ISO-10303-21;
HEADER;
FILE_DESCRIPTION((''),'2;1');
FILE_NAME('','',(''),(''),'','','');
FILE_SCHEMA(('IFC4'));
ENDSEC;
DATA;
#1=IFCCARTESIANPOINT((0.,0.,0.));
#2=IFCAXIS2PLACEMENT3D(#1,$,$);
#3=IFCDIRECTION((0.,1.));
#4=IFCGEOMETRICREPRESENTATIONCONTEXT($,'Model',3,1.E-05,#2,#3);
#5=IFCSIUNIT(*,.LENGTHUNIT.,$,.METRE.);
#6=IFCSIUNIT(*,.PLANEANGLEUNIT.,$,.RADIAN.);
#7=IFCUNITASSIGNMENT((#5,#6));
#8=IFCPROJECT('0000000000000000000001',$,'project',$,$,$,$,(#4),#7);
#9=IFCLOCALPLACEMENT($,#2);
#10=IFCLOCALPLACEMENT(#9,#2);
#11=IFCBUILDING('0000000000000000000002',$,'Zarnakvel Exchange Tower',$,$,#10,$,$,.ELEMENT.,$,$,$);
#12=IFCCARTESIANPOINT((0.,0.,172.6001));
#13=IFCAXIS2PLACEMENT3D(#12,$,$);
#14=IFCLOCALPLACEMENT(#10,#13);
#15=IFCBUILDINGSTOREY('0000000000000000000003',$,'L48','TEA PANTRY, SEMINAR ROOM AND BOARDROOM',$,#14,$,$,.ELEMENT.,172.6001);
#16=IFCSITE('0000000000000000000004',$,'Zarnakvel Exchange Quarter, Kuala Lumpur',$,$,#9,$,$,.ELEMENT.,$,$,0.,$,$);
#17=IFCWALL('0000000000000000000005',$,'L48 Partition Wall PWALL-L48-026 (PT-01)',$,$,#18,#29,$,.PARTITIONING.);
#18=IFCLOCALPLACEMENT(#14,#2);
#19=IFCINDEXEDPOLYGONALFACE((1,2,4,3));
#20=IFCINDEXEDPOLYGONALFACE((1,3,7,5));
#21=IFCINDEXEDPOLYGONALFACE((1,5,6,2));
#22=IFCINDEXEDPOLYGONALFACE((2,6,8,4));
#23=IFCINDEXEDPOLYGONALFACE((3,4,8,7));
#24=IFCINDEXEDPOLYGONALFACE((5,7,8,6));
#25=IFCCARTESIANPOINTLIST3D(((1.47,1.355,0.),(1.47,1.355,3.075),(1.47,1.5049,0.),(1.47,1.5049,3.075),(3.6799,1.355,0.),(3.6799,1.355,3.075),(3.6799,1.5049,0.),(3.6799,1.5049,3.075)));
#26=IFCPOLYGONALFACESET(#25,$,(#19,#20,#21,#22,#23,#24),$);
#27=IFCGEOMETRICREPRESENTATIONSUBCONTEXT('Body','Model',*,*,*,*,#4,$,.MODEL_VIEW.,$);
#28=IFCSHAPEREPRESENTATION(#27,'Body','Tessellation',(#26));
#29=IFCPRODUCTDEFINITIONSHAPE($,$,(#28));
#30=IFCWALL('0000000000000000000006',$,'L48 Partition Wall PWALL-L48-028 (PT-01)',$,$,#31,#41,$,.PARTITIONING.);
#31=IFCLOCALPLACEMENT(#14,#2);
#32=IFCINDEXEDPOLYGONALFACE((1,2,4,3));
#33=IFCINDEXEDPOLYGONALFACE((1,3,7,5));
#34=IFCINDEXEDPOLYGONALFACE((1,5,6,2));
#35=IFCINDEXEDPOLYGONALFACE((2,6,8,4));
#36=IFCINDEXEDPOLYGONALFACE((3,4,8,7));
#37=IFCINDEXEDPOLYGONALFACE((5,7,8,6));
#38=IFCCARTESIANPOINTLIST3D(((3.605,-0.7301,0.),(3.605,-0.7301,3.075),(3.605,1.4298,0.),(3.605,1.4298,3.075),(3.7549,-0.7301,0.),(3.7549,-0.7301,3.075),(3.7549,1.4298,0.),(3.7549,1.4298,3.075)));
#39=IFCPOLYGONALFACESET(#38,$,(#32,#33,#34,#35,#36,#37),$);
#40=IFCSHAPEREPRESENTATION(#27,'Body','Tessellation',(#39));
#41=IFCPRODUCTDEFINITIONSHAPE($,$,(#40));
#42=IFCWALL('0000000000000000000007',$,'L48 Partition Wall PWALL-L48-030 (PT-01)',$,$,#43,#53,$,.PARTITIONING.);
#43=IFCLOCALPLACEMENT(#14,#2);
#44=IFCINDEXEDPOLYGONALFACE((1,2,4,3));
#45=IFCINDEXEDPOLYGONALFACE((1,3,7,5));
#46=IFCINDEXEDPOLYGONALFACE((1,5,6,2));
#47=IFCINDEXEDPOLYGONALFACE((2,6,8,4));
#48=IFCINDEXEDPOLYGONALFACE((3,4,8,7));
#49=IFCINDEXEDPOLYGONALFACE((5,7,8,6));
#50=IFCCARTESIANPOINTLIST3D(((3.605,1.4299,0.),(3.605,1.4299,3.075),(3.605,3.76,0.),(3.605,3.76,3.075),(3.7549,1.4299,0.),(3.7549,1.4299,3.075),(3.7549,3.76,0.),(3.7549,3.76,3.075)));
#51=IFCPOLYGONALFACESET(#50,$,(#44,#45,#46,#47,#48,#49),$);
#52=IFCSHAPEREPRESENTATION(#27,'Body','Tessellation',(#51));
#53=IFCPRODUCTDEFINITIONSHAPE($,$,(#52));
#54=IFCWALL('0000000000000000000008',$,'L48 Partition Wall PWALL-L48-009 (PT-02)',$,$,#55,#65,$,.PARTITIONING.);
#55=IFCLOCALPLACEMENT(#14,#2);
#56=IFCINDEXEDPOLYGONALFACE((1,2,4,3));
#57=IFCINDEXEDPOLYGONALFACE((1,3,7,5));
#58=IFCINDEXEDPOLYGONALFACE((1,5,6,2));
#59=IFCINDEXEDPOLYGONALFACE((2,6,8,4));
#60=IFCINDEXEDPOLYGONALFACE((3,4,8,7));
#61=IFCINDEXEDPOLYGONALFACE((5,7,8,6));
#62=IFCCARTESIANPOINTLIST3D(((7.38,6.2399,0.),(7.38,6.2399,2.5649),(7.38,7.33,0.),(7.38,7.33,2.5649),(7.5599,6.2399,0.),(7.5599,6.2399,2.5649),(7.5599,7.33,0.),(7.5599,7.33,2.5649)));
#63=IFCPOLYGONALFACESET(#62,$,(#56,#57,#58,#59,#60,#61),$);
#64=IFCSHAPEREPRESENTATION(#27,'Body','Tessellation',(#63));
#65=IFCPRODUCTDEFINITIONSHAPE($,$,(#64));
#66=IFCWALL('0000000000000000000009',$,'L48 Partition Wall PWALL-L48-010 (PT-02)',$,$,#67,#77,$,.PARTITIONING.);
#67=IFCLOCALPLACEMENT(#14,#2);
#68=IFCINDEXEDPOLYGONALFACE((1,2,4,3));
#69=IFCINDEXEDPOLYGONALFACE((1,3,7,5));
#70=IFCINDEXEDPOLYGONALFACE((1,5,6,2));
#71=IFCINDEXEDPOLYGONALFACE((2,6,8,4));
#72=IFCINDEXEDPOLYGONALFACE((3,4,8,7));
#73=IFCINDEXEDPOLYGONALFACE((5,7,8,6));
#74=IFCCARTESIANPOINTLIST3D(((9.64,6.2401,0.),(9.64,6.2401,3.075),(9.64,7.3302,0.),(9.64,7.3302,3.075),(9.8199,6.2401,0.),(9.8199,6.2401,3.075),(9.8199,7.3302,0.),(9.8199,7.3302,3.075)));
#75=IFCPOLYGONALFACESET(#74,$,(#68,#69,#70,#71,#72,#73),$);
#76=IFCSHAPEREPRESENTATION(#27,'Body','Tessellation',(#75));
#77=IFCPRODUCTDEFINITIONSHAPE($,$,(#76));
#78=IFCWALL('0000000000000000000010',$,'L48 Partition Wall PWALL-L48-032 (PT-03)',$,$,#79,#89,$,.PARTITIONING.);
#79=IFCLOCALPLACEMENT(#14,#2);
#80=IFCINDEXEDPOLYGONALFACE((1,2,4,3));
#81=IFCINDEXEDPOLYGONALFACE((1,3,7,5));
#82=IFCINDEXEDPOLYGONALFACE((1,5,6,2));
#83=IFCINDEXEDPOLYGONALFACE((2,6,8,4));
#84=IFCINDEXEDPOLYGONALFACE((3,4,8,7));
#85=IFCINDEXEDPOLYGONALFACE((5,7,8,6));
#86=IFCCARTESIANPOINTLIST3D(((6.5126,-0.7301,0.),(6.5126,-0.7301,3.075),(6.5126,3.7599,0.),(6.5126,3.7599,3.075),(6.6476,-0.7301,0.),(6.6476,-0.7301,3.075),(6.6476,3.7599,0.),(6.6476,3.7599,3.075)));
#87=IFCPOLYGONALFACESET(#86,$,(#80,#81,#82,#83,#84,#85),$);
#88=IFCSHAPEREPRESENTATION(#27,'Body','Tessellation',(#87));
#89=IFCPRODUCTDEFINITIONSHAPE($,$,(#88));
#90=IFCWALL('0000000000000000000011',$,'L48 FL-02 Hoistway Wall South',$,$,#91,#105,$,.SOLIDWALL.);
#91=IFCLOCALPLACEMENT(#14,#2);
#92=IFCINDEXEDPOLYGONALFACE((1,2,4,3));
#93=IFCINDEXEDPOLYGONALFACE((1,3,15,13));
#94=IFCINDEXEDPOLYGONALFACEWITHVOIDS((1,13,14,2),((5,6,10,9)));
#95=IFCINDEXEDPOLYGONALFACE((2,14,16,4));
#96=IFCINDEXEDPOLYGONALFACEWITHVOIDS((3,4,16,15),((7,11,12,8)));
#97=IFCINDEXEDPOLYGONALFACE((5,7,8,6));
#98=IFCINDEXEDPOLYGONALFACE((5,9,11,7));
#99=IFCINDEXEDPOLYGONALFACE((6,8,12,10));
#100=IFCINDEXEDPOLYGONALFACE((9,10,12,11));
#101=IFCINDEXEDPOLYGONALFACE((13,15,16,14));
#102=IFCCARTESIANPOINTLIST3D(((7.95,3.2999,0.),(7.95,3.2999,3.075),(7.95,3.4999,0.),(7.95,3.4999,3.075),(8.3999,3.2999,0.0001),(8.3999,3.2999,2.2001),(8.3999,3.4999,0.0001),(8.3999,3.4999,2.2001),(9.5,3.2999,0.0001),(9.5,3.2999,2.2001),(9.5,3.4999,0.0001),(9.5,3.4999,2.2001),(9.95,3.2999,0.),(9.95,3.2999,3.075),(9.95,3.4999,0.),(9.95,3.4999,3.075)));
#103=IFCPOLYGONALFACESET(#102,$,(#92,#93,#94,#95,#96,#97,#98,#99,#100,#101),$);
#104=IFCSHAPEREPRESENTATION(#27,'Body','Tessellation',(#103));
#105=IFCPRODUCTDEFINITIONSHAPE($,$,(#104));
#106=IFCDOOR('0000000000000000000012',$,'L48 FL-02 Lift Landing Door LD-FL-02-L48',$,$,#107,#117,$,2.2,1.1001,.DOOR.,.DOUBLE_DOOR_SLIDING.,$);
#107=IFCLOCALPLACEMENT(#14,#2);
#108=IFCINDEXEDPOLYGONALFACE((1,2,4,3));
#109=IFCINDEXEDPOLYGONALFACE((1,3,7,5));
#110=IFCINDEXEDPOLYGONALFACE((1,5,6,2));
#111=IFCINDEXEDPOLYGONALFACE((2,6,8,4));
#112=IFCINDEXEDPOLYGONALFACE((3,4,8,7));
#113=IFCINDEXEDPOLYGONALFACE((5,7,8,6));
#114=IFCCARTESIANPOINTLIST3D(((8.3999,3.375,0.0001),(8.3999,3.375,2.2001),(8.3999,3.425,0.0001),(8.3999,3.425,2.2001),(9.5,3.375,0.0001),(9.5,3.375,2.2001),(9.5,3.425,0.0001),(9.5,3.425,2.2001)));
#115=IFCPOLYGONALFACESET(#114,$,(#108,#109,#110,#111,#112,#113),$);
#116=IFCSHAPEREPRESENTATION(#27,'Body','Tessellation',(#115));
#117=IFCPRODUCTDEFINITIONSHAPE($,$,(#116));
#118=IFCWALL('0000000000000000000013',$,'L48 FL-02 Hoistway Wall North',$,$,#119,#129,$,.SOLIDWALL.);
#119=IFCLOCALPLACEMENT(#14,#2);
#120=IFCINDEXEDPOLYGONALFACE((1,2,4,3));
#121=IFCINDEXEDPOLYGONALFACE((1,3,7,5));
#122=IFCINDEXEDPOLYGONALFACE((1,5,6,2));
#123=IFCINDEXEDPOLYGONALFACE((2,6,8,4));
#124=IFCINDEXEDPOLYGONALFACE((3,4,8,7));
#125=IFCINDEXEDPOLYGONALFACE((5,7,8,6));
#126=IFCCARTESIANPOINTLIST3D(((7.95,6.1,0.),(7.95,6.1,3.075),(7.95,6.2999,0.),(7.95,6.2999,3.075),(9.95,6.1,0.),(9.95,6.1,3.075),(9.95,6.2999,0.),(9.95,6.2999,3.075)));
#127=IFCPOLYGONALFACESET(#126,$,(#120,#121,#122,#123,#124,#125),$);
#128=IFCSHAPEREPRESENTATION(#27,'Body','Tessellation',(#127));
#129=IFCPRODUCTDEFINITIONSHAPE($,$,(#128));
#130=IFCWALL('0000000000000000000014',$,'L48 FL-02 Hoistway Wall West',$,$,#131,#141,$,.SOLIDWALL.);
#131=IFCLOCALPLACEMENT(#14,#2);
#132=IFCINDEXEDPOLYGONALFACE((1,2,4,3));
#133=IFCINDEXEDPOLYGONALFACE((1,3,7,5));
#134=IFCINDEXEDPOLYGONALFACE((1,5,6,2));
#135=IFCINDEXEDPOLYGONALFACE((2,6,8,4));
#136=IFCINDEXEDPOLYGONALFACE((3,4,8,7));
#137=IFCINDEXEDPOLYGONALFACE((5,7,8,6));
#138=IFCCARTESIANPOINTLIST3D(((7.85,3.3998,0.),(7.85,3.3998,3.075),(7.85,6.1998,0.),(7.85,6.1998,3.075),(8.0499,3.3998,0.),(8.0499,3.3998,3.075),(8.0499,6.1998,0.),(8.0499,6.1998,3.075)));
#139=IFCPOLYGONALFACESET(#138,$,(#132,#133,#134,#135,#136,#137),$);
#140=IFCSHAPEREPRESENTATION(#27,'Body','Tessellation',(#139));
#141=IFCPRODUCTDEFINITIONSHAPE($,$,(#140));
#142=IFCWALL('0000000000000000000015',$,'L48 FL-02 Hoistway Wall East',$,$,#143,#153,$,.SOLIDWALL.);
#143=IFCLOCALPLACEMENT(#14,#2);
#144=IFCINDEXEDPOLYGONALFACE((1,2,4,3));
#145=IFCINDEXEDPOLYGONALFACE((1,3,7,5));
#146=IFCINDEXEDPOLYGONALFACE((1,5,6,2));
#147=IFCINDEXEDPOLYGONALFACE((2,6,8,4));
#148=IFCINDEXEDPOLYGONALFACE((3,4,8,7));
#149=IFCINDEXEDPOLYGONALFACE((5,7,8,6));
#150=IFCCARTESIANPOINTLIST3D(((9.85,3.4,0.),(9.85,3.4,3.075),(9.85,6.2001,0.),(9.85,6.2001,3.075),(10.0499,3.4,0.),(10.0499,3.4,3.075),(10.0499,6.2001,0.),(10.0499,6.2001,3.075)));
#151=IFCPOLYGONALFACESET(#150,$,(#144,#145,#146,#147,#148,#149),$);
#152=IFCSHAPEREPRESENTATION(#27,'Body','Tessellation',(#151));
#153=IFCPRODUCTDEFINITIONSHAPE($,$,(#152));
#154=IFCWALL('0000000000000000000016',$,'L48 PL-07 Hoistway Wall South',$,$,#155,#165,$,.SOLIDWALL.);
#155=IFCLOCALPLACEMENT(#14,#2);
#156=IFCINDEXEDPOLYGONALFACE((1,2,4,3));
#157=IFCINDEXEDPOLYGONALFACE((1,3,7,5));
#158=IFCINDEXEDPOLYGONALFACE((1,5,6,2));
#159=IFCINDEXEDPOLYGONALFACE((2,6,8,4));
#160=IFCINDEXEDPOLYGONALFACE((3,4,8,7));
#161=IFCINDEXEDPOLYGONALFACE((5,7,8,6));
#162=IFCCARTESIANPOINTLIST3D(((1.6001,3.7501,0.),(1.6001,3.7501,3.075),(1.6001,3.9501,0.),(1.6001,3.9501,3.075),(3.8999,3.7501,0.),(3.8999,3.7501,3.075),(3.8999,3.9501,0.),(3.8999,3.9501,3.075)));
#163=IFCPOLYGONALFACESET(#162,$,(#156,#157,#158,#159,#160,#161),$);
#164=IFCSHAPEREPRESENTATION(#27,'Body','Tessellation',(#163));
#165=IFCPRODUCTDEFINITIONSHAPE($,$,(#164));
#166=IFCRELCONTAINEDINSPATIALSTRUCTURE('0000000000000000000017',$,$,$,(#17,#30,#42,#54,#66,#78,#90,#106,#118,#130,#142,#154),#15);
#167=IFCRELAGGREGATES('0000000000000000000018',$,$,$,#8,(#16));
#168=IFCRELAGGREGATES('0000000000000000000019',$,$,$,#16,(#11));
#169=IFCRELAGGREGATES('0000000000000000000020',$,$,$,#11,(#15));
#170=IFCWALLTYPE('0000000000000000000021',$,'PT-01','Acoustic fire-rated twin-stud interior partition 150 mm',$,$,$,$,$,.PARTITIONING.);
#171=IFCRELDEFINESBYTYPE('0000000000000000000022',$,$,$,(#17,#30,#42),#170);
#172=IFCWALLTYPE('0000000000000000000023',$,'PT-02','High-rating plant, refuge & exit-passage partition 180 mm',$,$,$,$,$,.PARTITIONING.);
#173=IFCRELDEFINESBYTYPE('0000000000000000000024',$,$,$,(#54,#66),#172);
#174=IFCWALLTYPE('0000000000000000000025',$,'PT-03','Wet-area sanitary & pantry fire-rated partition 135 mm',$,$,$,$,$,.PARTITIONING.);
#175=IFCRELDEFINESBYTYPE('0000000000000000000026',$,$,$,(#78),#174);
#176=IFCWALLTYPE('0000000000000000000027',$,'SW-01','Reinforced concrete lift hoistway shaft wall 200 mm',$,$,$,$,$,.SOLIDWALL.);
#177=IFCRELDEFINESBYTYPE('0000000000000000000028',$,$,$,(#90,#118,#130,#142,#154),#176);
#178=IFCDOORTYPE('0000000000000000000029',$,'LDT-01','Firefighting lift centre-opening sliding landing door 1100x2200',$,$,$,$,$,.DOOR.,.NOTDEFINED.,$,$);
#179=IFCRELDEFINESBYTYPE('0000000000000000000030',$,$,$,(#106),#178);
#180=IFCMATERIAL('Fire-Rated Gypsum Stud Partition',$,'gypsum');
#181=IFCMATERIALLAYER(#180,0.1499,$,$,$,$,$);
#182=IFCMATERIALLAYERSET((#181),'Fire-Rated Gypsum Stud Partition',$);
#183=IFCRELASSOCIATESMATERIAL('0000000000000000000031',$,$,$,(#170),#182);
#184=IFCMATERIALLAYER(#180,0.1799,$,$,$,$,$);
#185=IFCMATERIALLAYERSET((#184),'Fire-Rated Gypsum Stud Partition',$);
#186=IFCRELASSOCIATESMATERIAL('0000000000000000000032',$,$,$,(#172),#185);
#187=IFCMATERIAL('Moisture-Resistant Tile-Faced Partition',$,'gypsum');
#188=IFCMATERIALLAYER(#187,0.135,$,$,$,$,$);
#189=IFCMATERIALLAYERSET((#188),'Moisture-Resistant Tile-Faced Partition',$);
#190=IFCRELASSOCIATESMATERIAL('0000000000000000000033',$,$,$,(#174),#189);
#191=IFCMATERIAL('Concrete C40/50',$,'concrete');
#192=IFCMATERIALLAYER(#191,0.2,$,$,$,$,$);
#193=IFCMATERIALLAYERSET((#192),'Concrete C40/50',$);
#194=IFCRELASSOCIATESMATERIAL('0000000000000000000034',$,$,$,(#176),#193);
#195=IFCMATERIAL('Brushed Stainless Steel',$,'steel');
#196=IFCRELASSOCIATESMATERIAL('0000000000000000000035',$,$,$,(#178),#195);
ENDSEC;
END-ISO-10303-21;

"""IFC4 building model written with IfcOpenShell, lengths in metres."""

from ifc_helpers import new_model, si_unit, direction, frame, frame_2d, origin, place, context, subcontext, project, spatial, rectangle, extrude, source, transform, mapped, material, layer, layer_set, type_object, element, fill, save


model = new_model("IFC4")

# Units and contexts
model_context = context("Model", 3, precision=1e-05, world=origin(), true_north=direction((0.0, 1.0)))
body_context = subcontext(model_context, "Body", "Model", "MODEL_VIEW")
ifc_project = project(units=[si_unit("LENGTHUNIT", "METRE"), si_unit("PLANEANGLEUNIT", "RADIAN")], contexts=[model_context])

# Site, building, storey
site_placement = place(None, origin())
site = spatial("IfcSite", under=ifc_project, at=site_placement, Name="Zarnakvel Exchange Quarter, Kuala Lumpur", CompositionType="ELEMENT", RefElevation=0.0)
building_placement = place(site_placement, origin())
building = spatial("IfcBuilding", under=site, at=building_placement, Name="Zarnakvel Exchange Tower", CompositionType="ELEMENT")
storey_placement = place(building_placement, frame((0.0, 0.0, 172.6001)))
storey = spatial("IfcBuildingStorey", under=building, at=storey_placement, Name="L48", Description="TEA PANTRY, SEMINAR ROOM AND BOARDROOM", CompositionType="ELEMENT", Elevation=172.6001)

# Walls
ifc_material_1 = material(Name="Fire-Rated Gypsum Stud Partition", Category="gypsum")
ifc_layer_1 = layer(ifc_material_1, 0.1499)
ifc_layer_set_1 = layer_set([ifc_layer_1], Name="Fire-Rated Gypsum Stud Partition")
wall_type_1 = type_object("IfcWallType", Name="PT-01", Description="Acoustic fire-rated twin-stud interior partition 150 mm", PredefinedType="PARTITIONING", material=ifc_layer_set_1)
wall_1_placement = place(storey_placement, frame((1.47, 1.4299, 0.0), z_axis=(0.0, 0.0, 1.0), x_axis=(1.0, 0.0, 0.0)))
element("IfcWall", 1, at=wall_1_placement, inside=storey, type_object=wall_type_1, Name="L48 Partition Wall PWALL-L48-026 (PT-01)", PredefinedType="PARTITIONING", context=body_context, shape_type="SweptSolid", body=[
    extrude(rectangle(XDim=2.21, YDim=0.1499, at=frame_2d((1.105, 0.0))), origin(), (0.0, 0.0, 1.0), 3.075),
])
wall_2_placement = place(storey_placement, frame((3.6799, 1.4299, 0.0), z_axis=(0.0, 0.0, 1.0), x_axis=(0.0, -1.0, 0.0)))
element("IfcWall", 2, at=wall_2_placement, inside=storey, type_object=wall_type_1, Name="L48 Partition Wall PWALL-L48-028 (PT-01)", PredefinedType="PARTITIONING", context=body_context, shape_type="SweptSolid", body=[
    extrude(rectangle(XDim=2.1599, YDim=0.1499, at=frame_2d((1.0801, 0.0))), origin(), (0.0, 0.0, 1.0), 3.075),
])

# Walls
wall_3_placement = place(storey_placement, frame((3.6799, 3.76, 0.0), z_axis=(0.0, 0.0, 1.0), x_axis=(0.0, -1.0, 0.0)))
element("IfcWall", 3, at=wall_3_placement, inside=storey, type_object=wall_type_1, Name="L48 Partition Wall PWALL-L48-030 (PT-01)", PredefinedType="PARTITIONING", context=body_context, shape_type="SweptSolid", body=[
    extrude(rectangle(XDim=2.3301, YDim=0.1499, at=frame_2d((1.165, 0.0))), origin(), (0.0, 0.0, 1.0), 3.075),
])
ifc_layer_2 = layer(ifc_material_1, 0.1799)
ifc_layer_set_2 = layer_set([ifc_layer_2], Name="Fire-Rated Gypsum Stud Partition")
wall_type_2 = type_object("IfcWallType", Name="PT-02", Description="High-rating plant, refuge & exit-passage partition 180 mm", PredefinedType="PARTITIONING", material=ifc_layer_set_2)
wall_4_placement = place(storey_placement, frame((7.47, 6.24, 0.0), z_axis=(0.0, 0.0, 1.0), x_axis=(0.0, 1.0, 0.0)))
element("IfcWall", 4, at=wall_4_placement, inside=storey, type_object=wall_type_2, Name="L48 Partition Wall PWALL-L48-009 (PT-02)", PredefinedType="PARTITIONING", context=body_context, shape_type="SweptSolid", body=[
    extrude(rectangle(XDim=1.0901, YDim=0.1799, at=frame_2d((0.5449, 0.0))), origin(), (0.0, 0.0, 1.0), 2.5649),
])
wall_5_placement = place(storey_placement, frame((9.73, 7.3301, 0.0), z_axis=(0.0, 0.0, 1.0), x_axis=(0.0, -1.0, 0.0)))
element("IfcWall", 5, at=wall_5_placement, inside=storey, type_object=wall_type_2, Name="L48 Partition Wall PWALL-L48-010 (PT-02)", PredefinedType="PARTITIONING", context=body_context, shape_type="SweptSolid", body=[
    extrude(rectangle(XDim=1.0901, YDim=0.1799, at=frame_2d((0.5449, 0.0))), origin(), (0.0, 0.0, 1.0), 3.075),
])
ifc_material_2 = material(Name="Moisture-Resistant Tile-Faced Partition", Category="gypsum")
ifc_layer_3 = layer(ifc_material_2, 0.135)
ifc_layer_set_3 = layer_set([ifc_layer_3], Name="Moisture-Resistant Tile-Faced Partition")
wall_type_3 = type_object("IfcWallType", Name="PT-03", Description="Wet-area sanitary & pantry fire-rated partition 135 mm", PredefinedType="PARTITIONING", material=ifc_layer_set_3)
wall_6_placement = place(storey_placement, frame((6.5801, 3.76, 0.0), z_axis=(0.0, 0.0, 1.0), x_axis=(0.0, -1.0, 0.0)))
element("IfcWall", 6, at=wall_6_placement, inside=storey, type_object=wall_type_3, Name="L48 Partition Wall PWALL-L48-032 (PT-03)", PredefinedType="PARTITIONING", context=body_context, shape_type="SweptSolid", body=[
    extrude(rectangle(XDim=4.49, YDim=0.135, at=frame_2d((2.2451, 0.0))), origin(), (0.0, 0.0, 1.0), 3.075),
])

# Wall, opening, door
ifc_material_3 = material(Name="Concrete C40/50", Category="concrete")
ifc_layer_4 = layer(ifc_material_3, 0.2)
ifc_layer_set_4 = layer_set([ifc_layer_4], Name="Concrete C40/50")
wall_type_4 = type_object("IfcWallType", Name="SW-01", Description="Reinforced concrete lift hoistway shaft wall 200 mm", PredefinedType="SOLIDWALL", material=ifc_layer_set_4)
wall_7_placement = place(storey_placement, frame((9.95, 3.3999, 0.0), z_axis=(0.0, 0.0, 1.0), x_axis=(-1.0, 0.0, 0.0)))
wall_7 = element("IfcWall", 7, at=wall_7_placement, inside=storey, type_object=wall_type_4, Name="L48 FL-02 Hoistway Wall South", PredefinedType="SOLIDWALL", context=body_context, shape_type="SweptSolid", body=[
    extrude(rectangle(XDim=2.0, YDim=0.2, at=frame_2d((1.0, 0.0))), origin(), (0.0, 0.0, 1.0), 3.075),
])
opening_1_placement = place(wall_7_placement, frame((0.45, 0.0, 0.0)))
opening_1 = element("IfcOpeningElement", 8, at=opening_1_placement, cuts=wall_7, PredefinedType="OPENING", context=body_context, shape_type="SweptSolid", body=[
    extrude(rectangle(XDim=1.1001, YDim=2.2, at=frame_2d((0.55, 1.1001))), frame((0.0, 0.1099, 0.0), z_axis=(0.0, -1.0, 0.0), x_axis=(1.0, 0.0, 0.0)), (0.0, 0.0, 1.0), 0.22),
])
ifc_material_4 = material(Name="Brushed Stainless Steel", Category="steel")
door_type_1 = type_object("IfcDoorType", Name="LDT-01", Description="Firefighting lift centre-opening sliding landing door 1100x2200", OperationType="NOTDEFINED", PredefinedType="DOOR", material=ifc_material_4)
shared_shape_1 = source(origin(), body_context, "Body", "SweptSolid", [
    extrude(rectangle(XDim=1.1001, YDim=2.2, at=frame_2d((0.55, 1.1001))), frame((0.0, 0.0249, 0.0), z_axis=(0.0, -1.0, 0.0), x_axis=(1.0, 0.0, 0.0)), (0.0, 0.0, 1.0), 0.05),
])
door_1_placement = place(opening_1_placement, origin())
door_1 = element("IfcDoor", 9, at=door_1_placement, inside=storey, type_object=door_type_1, Name="L48 FL-02 Lift Landing Door LD-FL-02-L48", OperationType="DOUBLE_DOOR_SLIDING", OverallHeight=2.2, OverallWidth=1.1001, PredefinedType="DOOR", context=body_context, shape_type="MappedRepresentation", body=[
    mapped(shared_shape_1, transform((0.0, 0.0, 0.0), x_axis=(1.0, 0.0, 0.0), y_axis=(0.0, 1.0, 0.0), z_axis=(0.0, 0.0, 1.0), scale=1.0)),
])
fill(opening_1, door_1)

# Walls
wall_8_placement = place(storey_placement, frame((7.95, 6.2, 0.0), z_axis=(0.0, 0.0, 1.0), x_axis=(1.0, 0.0, 0.0)))
element("IfcWall", 10, at=wall_8_placement, inside=storey, type_object=wall_type_4, Name="L48 FL-02 Hoistway Wall North", PredefinedType="SOLIDWALL", context=body_context, shape_type="SweptSolid", body=[
    extrude(rectangle(XDim=2.0, YDim=0.2, at=frame_2d((1.0, 0.0))), origin(), (0.0, 0.0, 1.0), 3.075),
])
for number, where, z_axis, x_axis, name in (
    (11, (7.95, 3.3999, 0.0), (0.0, 0.0, 1.0), (0.0, 1.0, 0.0), "L48 FL-02 Hoistway Wall West"),
    (12, (9.95, 6.2, 0.0), (0.0, 0.0, 1.0), (0.0, -1.0, 0.0), "L48 FL-02 Hoistway Wall East"),
):
    element("IfcWall", number, at=place(storey_placement, frame(where, z_axis=z_axis, x_axis=x_axis)), inside=storey, type_object=wall_type_4, Name=name, PredefinedType="SOLIDWALL", context=body_context, shape_type="SweptSolid", body=[
        extrude(rectangle(XDim=2.8, YDim=0.2, at=frame_2d((1.3999, 0.0))), origin(), (0.0, 0.0, 1.0), 3.075),
    ])
wall_9_placement = place(storey_placement, frame((3.8999, 3.8501, 0.0), z_axis=(0.0, 0.0, 1.0), x_axis=(-1.0, 0.0, 0.0)))
element("IfcWall", 13, at=wall_9_placement, inside=storey, type_object=wall_type_4, Name="L48 PL-07 Hoistway Wall South", PredefinedType="SOLIDWALL", context=body_context, shape_type="SweptSolid", body=[
    extrude(rectangle(XDim=2.2998, YDim=0.2, at=frame_2d((1.1499, 0.0))), origin(), (0.0, 0.0, 1.0), 3.075),
])

save(model, "model.ifc")
